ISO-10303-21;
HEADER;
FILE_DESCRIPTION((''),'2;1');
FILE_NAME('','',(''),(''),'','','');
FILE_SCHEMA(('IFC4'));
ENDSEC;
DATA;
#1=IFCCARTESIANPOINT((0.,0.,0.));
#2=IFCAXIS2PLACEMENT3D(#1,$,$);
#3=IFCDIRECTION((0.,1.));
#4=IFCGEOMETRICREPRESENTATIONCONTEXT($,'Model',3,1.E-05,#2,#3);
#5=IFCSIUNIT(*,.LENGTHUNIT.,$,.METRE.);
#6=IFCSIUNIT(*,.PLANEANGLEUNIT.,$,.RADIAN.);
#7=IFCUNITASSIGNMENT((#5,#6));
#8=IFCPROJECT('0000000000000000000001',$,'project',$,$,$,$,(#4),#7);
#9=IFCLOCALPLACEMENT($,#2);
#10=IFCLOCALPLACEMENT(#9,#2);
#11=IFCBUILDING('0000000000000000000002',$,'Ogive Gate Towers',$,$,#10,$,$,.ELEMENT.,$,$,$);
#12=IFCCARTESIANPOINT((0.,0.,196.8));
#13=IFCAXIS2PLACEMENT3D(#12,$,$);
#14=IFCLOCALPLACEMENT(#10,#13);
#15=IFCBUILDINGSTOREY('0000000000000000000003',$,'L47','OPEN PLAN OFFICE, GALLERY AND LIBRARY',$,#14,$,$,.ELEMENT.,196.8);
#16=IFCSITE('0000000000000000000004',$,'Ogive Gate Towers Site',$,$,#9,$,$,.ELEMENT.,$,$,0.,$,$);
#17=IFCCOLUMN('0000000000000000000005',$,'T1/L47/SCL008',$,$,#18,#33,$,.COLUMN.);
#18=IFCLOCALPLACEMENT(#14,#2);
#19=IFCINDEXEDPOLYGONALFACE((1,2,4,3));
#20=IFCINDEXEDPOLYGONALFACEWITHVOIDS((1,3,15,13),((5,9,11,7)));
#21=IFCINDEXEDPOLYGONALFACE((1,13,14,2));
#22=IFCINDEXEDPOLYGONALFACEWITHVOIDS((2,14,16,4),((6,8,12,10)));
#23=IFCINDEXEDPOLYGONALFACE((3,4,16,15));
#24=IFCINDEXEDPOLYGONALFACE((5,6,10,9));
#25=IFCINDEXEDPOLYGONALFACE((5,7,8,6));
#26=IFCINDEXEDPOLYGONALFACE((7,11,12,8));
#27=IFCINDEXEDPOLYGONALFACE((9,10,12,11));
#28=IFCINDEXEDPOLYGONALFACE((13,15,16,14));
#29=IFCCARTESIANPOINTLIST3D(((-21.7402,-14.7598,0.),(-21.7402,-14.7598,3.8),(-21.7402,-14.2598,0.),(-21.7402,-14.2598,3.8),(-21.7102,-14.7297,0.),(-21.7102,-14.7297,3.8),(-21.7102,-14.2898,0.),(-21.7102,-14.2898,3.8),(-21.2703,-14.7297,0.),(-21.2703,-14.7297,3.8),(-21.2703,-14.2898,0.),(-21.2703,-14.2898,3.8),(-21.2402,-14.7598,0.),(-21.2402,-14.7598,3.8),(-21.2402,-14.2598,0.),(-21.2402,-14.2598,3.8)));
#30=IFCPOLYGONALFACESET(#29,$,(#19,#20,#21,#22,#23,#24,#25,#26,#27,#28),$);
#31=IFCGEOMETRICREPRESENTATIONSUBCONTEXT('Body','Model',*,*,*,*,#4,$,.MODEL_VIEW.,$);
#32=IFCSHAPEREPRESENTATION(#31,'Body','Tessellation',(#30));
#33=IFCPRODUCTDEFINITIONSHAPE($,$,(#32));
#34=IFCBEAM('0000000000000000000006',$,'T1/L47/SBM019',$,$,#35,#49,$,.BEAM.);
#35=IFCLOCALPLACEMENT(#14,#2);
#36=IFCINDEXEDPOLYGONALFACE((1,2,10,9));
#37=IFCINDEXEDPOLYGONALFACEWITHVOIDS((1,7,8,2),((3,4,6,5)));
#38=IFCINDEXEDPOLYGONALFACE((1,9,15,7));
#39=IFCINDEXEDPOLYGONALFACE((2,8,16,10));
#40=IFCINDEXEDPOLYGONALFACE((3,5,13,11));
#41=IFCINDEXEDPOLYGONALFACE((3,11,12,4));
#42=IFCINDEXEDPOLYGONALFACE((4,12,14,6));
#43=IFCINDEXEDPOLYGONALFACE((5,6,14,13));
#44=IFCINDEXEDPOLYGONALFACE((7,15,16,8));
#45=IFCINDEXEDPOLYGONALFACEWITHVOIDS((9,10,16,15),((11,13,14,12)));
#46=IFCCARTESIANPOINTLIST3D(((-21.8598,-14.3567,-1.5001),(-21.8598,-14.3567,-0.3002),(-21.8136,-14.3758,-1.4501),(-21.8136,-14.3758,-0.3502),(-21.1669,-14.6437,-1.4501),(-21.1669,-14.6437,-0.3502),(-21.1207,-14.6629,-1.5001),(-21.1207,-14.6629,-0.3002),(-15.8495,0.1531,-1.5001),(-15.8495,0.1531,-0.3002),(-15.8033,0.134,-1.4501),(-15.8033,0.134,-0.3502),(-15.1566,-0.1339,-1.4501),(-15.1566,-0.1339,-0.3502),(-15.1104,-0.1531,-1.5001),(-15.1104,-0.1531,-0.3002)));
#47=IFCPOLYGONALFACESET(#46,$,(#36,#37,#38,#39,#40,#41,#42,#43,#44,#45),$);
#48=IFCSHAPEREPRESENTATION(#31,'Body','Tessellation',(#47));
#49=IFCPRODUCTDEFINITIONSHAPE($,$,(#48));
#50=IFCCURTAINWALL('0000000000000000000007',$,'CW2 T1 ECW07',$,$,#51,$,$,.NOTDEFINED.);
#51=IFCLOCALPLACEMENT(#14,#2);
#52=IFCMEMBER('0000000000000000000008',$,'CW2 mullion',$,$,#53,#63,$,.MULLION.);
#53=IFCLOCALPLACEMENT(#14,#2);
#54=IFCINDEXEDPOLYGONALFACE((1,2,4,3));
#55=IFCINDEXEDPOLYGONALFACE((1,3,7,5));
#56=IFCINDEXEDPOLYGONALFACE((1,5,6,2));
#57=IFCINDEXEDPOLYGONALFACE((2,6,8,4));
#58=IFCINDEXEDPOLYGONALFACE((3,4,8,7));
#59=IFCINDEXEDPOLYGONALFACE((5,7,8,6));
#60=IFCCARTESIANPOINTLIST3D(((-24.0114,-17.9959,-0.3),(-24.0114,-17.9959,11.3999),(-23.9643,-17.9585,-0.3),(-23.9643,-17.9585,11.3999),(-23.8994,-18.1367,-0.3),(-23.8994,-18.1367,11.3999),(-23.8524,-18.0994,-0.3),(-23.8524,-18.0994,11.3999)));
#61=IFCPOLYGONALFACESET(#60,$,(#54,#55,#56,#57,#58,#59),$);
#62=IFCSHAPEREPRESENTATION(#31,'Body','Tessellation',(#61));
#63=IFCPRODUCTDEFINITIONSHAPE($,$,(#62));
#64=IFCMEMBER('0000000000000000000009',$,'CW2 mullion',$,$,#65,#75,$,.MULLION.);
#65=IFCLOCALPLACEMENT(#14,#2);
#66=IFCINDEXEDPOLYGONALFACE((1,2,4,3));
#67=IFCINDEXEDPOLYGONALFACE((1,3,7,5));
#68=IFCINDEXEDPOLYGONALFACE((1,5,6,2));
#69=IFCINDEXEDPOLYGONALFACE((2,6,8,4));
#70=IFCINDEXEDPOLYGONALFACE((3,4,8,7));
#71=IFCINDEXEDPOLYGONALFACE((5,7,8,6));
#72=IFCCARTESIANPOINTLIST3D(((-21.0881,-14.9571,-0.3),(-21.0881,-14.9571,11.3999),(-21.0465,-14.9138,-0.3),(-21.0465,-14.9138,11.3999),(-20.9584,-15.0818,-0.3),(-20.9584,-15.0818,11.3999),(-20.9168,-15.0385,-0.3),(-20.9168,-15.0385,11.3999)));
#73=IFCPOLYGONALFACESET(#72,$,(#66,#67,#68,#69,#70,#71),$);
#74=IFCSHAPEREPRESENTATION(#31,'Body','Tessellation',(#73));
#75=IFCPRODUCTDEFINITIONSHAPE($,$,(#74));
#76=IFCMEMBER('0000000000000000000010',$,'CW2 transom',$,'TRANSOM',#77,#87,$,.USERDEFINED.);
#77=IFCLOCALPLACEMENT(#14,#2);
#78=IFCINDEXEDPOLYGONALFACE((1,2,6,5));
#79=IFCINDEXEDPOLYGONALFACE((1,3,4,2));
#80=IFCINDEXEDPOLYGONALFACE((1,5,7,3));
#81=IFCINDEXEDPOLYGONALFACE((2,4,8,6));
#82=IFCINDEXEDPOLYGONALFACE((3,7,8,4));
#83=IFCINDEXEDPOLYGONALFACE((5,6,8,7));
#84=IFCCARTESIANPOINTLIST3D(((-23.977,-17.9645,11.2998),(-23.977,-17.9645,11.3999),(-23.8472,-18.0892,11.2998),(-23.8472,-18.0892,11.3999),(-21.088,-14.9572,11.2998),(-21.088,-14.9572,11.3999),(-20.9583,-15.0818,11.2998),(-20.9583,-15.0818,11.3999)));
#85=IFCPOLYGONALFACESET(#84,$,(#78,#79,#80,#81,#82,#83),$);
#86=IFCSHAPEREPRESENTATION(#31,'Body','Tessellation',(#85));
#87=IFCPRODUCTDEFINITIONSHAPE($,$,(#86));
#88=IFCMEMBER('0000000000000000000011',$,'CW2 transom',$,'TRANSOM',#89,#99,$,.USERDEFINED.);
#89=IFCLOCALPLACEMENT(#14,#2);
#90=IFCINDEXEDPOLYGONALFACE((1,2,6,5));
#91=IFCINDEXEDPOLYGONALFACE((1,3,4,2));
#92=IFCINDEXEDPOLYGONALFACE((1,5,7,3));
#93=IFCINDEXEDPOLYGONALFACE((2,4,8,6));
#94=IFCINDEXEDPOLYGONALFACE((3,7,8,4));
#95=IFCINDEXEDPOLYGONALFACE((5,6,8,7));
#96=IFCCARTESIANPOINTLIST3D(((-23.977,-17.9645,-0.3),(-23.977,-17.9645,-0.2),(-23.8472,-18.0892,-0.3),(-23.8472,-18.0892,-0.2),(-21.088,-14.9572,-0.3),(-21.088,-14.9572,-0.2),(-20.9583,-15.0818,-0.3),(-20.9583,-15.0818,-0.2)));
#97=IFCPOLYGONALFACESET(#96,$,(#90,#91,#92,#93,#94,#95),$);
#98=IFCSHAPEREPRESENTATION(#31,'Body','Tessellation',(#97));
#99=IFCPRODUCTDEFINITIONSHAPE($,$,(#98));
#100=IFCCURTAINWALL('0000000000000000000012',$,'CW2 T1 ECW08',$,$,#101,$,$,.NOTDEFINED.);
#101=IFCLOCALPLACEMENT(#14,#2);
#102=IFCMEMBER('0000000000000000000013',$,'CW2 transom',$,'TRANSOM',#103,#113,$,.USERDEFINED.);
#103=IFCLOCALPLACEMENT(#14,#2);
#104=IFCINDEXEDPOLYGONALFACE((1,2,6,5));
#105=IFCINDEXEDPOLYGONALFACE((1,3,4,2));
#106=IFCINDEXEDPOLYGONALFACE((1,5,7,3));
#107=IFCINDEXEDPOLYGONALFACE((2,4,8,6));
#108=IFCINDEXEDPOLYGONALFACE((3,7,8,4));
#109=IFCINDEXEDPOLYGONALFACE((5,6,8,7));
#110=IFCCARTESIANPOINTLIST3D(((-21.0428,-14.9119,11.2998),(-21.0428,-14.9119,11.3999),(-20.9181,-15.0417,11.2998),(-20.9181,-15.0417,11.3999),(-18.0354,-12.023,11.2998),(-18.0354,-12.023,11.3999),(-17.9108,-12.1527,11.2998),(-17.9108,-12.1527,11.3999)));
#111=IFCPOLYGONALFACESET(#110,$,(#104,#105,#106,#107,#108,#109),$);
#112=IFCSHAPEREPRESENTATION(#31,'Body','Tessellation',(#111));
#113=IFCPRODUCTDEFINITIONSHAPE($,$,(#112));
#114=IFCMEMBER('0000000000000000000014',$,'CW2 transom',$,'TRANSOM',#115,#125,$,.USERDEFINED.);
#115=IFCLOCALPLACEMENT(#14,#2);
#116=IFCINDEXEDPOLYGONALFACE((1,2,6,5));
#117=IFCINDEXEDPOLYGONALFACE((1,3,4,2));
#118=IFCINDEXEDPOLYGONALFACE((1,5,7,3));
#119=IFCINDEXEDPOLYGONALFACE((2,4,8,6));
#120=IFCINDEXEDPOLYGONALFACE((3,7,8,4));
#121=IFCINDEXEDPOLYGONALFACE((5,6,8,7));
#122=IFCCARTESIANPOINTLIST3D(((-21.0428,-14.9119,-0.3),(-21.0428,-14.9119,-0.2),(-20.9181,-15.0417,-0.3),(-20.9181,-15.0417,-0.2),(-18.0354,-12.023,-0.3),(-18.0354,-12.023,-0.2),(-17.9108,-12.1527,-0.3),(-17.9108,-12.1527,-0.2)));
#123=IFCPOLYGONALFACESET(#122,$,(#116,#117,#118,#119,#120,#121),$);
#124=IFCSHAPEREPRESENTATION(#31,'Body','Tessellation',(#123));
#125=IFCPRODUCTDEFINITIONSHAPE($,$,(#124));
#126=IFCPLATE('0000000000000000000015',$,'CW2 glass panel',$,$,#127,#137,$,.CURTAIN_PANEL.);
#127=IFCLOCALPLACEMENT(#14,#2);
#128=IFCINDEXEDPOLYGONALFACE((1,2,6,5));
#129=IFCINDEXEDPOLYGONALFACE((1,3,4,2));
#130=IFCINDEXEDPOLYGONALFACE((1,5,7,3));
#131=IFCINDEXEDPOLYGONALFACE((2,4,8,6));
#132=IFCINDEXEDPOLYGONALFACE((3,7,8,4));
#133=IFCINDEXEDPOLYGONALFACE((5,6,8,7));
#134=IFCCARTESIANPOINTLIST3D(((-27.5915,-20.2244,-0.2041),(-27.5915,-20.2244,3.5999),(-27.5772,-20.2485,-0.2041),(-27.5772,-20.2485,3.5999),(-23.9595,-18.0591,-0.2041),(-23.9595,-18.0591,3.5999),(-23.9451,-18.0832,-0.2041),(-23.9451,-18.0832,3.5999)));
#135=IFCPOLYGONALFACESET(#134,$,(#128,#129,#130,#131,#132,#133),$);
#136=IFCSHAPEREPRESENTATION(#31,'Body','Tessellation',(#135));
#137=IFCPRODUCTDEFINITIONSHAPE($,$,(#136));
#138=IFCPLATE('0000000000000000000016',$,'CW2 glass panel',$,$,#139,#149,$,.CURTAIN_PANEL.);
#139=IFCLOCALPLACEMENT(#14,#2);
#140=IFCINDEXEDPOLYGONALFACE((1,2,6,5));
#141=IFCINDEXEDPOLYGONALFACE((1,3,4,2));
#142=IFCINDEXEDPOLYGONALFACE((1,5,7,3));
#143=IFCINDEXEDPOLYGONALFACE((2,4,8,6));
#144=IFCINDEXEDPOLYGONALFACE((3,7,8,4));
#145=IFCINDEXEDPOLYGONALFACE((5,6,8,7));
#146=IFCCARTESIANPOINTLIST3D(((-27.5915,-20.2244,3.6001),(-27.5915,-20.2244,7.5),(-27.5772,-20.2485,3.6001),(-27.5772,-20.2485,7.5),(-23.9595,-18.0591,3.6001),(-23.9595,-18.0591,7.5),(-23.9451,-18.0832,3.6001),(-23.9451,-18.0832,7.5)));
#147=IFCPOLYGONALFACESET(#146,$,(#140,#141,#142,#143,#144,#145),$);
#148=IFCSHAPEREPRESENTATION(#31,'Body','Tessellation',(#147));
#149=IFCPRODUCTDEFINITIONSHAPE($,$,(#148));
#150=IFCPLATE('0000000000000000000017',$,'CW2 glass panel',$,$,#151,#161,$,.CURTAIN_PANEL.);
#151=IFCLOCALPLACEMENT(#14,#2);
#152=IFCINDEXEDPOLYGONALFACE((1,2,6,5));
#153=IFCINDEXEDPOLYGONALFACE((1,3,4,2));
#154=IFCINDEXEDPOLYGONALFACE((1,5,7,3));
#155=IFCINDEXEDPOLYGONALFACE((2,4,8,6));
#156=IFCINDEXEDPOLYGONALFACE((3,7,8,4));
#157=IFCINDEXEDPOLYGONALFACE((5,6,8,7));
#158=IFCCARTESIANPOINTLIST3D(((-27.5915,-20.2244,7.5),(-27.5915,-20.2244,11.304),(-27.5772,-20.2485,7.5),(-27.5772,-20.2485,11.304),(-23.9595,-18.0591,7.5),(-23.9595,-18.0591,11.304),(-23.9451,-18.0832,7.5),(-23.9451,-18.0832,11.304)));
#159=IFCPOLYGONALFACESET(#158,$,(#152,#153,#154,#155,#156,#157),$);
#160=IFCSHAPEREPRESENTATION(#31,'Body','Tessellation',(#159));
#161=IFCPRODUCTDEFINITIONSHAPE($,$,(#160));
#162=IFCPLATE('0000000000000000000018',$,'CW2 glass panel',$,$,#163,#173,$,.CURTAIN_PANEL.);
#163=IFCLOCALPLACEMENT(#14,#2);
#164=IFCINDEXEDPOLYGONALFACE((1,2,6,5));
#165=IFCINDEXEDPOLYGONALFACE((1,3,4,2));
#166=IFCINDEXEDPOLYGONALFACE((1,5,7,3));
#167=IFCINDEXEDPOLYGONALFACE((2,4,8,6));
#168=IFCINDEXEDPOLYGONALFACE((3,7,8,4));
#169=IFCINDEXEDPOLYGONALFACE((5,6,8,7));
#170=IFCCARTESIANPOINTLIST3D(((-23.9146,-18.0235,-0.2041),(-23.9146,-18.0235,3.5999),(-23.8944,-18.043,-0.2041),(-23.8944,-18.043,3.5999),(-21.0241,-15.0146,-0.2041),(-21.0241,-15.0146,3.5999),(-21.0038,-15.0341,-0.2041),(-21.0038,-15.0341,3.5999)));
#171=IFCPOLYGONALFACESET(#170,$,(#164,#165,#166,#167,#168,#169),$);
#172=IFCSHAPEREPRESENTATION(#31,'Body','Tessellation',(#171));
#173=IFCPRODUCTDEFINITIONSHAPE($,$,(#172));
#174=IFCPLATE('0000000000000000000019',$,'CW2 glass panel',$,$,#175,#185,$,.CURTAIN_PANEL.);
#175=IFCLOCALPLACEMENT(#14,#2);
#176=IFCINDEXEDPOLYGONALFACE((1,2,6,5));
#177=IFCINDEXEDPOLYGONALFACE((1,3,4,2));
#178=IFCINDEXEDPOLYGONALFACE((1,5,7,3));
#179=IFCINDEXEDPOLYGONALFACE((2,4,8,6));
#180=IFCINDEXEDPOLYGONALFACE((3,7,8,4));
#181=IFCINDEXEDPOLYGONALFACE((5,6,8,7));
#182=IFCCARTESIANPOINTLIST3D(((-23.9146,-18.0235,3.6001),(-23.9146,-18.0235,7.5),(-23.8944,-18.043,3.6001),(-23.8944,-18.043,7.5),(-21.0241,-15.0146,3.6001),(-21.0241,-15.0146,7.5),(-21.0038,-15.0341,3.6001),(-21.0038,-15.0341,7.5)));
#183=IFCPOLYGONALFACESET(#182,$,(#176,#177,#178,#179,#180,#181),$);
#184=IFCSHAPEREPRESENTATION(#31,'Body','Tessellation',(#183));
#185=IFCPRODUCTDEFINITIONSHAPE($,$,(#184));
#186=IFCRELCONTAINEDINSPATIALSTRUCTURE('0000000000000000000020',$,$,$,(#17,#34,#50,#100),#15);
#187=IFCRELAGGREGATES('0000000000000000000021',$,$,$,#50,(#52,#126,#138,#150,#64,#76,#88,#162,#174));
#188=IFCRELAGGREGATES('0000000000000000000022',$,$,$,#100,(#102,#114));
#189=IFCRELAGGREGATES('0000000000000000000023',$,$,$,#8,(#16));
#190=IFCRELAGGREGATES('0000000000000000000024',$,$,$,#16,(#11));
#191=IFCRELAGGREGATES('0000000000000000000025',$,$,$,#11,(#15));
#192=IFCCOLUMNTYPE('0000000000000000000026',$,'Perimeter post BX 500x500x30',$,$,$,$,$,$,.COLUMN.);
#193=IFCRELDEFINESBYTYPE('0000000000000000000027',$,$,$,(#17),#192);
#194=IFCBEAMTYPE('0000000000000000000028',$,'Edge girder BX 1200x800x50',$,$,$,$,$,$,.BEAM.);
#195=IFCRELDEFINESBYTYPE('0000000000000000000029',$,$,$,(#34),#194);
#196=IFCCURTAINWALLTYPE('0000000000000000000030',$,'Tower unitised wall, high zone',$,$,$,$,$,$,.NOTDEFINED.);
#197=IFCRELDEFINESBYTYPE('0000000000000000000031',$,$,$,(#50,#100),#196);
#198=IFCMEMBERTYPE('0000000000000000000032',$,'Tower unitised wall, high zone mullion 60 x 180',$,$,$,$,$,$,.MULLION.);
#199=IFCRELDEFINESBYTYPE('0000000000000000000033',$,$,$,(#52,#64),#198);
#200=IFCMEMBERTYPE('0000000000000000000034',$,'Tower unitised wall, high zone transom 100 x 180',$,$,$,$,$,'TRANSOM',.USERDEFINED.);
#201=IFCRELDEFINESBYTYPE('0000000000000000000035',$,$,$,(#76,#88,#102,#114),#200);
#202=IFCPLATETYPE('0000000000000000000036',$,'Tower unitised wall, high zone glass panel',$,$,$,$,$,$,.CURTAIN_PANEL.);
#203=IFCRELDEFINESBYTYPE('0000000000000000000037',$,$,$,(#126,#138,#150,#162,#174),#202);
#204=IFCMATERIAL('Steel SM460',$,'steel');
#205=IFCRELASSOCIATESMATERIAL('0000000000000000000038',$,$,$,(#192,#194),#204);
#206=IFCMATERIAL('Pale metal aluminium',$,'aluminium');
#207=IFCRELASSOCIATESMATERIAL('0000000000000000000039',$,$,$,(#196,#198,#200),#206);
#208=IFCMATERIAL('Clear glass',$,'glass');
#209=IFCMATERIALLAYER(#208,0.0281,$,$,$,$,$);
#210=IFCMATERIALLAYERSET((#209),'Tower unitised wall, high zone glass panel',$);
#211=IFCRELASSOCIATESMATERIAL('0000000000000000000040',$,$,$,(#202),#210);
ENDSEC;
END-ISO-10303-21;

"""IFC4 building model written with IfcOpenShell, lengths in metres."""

from ifc_helpers import new_model, si_unit, direction, frame, origin, origin_2d, place, context, subcontext, project, spatial, rectangle, hollow_rectangle, extrude, material, layer, layer_set, material_profile, profile_set, type_object, element, aggregate, save


model = new_model("IFC4")

# Units and contexts
model_context = context("Model", 3, precision=1e-05, world=origin(), true_north=direction((0.0, 1.0)))
body_context = subcontext(model_context, "Body", "Model", "MODEL_VIEW")
ifc_project = project(units=[si_unit("LENGTHUNIT", "METRE"), si_unit("PLANEANGLEUNIT", "RADIAN")], contexts=[model_context])

# Site, building, storey
site_placement = place(None, origin())
site = spatial("IfcSite", under=ifc_project, at=site_placement, Name="Ogive Gate Towers Site", CompositionType="ELEMENT", RefElevation=0.0)
building_placement = place(site_placement, origin())
building = spatial("IfcBuilding", under=site, at=building_placement, Name="Ogive Gate Towers", CompositionType="ELEMENT")
storey_placement = place(building_placement, frame((0.0, 0.0, 196.8)))
storey = spatial("IfcBuildingStorey", under=building, at=storey_placement, Name="L47", Description="OPEN PLAN OFFICE, GALLERY AND LIBRARY", CompositionType="ELEMENT", Elevation=196.8)

# Column
ifc_material_1 = material(Name="Steel SM460", Category="steel")
ifc_material_profile_1 = material_profile(ifc_material_1, hollow_rectangle(XDim=0.5, YDim=0.5, WallThickness=0.03, at=origin_2d()), Name="BX 500x500x30")
ifc_profile_set_1 = profile_set([ifc_material_profile_1], Name="Steel SM460")
column_type = type_object("IfcColumnType", Name="Perimeter post BX 500x500x30", PredefinedType="COLUMN", material=ifc_profile_set_1)
column_placement = place(storey_placement, frame((-21.4902, -14.5098, 0.0), z_axis=(0.0, 0.0, 1.0), x_axis=(1.0, 0.0, 0.0)))
element("IfcColumn", 1, at=column_placement, inside=storey, type_object=column_type, Name="T1/L47/SCL008", PredefinedType="COLUMN", context=body_context, shape_type="SweptSolid", body=[
    extrude(hollow_rectangle(XDim=0.5, YDim=0.5, WallThickness=0.03, at=origin_2d()), origin(), (0.0, 0.0, 1.0), 3.8),
])

# Beam
ifc_material_profile_2 = material_profile(ifc_material_1, hollow_rectangle(XDim=0.8, YDim=1.2, WallThickness=0.05, at=origin_2d()), Name="BX 1200x800x50")
ifc_profile_set_2 = profile_set([ifc_material_profile_2], Name="Steel SM460")
beam_type = type_object("IfcBeamType", Name="Edge girder BX 1200x800x50", PredefinedType="BEAM", material=ifc_profile_set_2)
beam_placement = place(storey_placement, frame((-21.4902, -14.5098, -0.9001), z_axis=(0.38269, 0.923877, 0.0), x_axis=(-0.923877, 0.38269, 0.0)))
element("IfcBeam", 2, at=beam_placement, inside=storey, type_object=beam_type, Name="T1/L47/SBM019", PredefinedType="BEAM", context=body_context, shape_type="SweptSolid", body=[
    extrude(hollow_rectangle(XDim=0.8, YDim=1.2, WallThickness=0.05, at=origin_2d()), origin(), (0.0, 0.0, 1.0), 15.7053),
])

# Curtain walls, members
ifc_material_2 = material(Name="Pale metal aluminium", Category="aluminium")
curtain_wall_type = type_object("IfcCurtainWallType", Name="Tower unitised wall, high zone", PredefinedType="NOTDEFINED", material=ifc_material_2)
curtain_wall_1_placement = place(storey_placement, origin())
curtain_wall_1 = element("IfcCurtainWall", 3, at=curtain_wall_1_placement, inside=storey, type_object=curtain_wall_type, Name="CW2 T1 ECW07", PredefinedType="NOTDEFINED")
ifc_material_profile_3 = material_profile(ifc_material_2, rectangle(XDim=0.1799, YDim=0.0601, at=origin_2d()), Name="60 x 180 aluminium box")
ifc_profile_set_3 = profile_set([ifc_material_profile_3], Name="Pale metal aluminium")
member_type_1 = type_object("IfcMemberType", Name="Tower unitised wall, high zone mullion 60 x 180", PredefinedType="MULLION", material=ifc_profile_set_3)
member_1_placement = place(storey_placement, frame((-23.9319, -18.0476, -0.3), z_axis=(0.0, 0.0, 1.0), x_axis=(0.622173, -0.78288, 0.0)))
member_1 = element("IfcMember", 4, at=member_1_placement, type_object=member_type_1, Name="CW2 mullion", PredefinedType="MULLION", context=body_context, shape_type="SweptSolid", body=[
    extrude(rectangle(XDim=0.1799, YDim=0.0601, at=origin_2d()), origin(), (0.0, 0.0, 1.0), 11.7),
])
member_2_placement = place(storey_placement, frame((-21.0024, -14.9978, -0.3), z_axis=(0.0, 0.0, 1.0), x_axis=(0.721144, -0.692785, 0.0)))
member_2 = element("IfcMember", 5, at=member_2_placement, type_object=member_type_1, Name="CW2 mullion", PredefinedType="MULLION", context=body_context, shape_type="SweptSolid", body=[
    extrude(rectangle(XDim=0.1799, YDim=0.0601, at=origin_2d()), origin(), (0.0, 0.0, 1.0), 11.7),
])
ifc_material_profile_4 = material_profile(ifc_material_2, rectangle(XDim=0.1799, YDim=0.1001, at=origin_2d()), Name="100 x 180 aluminium box")
ifc_profile_set_4 = profile_set([ifc_material_profile_4], Name="Pale metal aluminium")
member_type_2 = type_object("IfcMemberType", Name="Tower unitised wall, high zone transom 100 x 180", ElementType="TRANSOM", PredefinedType="USERDEFINED", material=ifc_profile_set_4)
member_3_placement = place(storey_placement, frame((-23.9121, -18.0269, 11.3499), z_axis=(0.692767, 0.721161, 0.0), x_axis=(-0.721161, 0.692767, 0.0)))
member_3 = element("IfcMember", 6, at=member_3_placement, type_object=member_type_2, Name="CW2 transom", ObjectType="TRANSOM", PredefinedType="USERDEFINED", context=body_context, shape_type="SweptSolid", body=[
    extrude(rectangle(XDim=0.1799, YDim=0.1001, at=origin_2d()), origin(), (0.0, 0.0, 1.0), 4.1702),
])
member_4_placement = place(storey_placement, frame((-23.9121, -18.0269, -0.25), z_axis=(0.692767, 0.721161, 0.0), x_axis=(-0.721161, 0.692767, 0.0)))
member_4 = element("IfcMember", 7, at=member_4_placement, type_object=member_type_2, Name="CW2 transom", ObjectType="TRANSOM", PredefinedType="USERDEFINED", context=body_context, shape_type="SweptSolid", body=[
    extrude(rectangle(XDim=0.1799, YDim=0.1001, at=origin_2d()), origin(), (0.0, 0.0, 1.0), 4.1702),
])
curtain_wall_2_placement = place(storey_placement, origin())
curtain_wall_2 = element("IfcCurtainWall", 8, at=curtain_wall_2_placement, inside=storey, type_object=curtain_wall_type, Name="CW2 T1 ECW08", PredefinedType="NOTDEFINED")
member_5_placement = place(storey_placement, frame((-20.9805, -14.9768, 11.3499), z_axis=(0.721161, 0.692767, 0.0), x_axis=(-0.692767, 0.721161, 0.0)))
member_5 = element("IfcMember", 9, at=member_5_placement, type_object=member_type_2, Name="CW2 transom", ObjectType="TRANSOM", PredefinedType="USERDEFINED", context=body_context, shape_type="SweptSolid", body=[
    extrude(rectangle(XDim=0.1799, YDim=0.1001, at=origin_2d()), origin(), (0.0, 0.0, 1.0), 4.1702),
])
member_6_placement = place(storey_placement, frame((-20.9805, -14.9768, -0.25), z_axis=(0.721161, 0.692767, 0.0), x_axis=(-0.692767, 0.721161, 0.0)))
member_6 = element("IfcMember", 10, at=member_6_placement, type_object=member_type_2, Name="CW2 transom", ObjectType="TRANSOM", PredefinedType="USERDEFINED", context=body_context, shape_type="SweptSolid", body=[
    extrude(rectangle(XDim=0.1799, YDim=0.1001, at=origin_2d()), origin(), (0.0, 0.0, 1.0), 4.1702),
])

# Plates
ifc_material_3 = material(Name="Clear glass", Category="glass")
ifc_layer = layer(ifc_material_3, 0.0281)
ifc_layer_set = layer_set([ifc_layer], Name="Tower unitised wall, high zone glass panel")
plate_type = type_object("IfcPlateType", Name="Tower unitised wall, high zone glass panel", PredefinedType="CURTAIN_PANEL", material=ifc_layer_set)
plate_1_placement = place(storey_placement, frame((-25.7683, -19.1538, -0.2041), z_axis=(0.0, 0.0, 1.0), x_axis=(0.858951, 0.512058, 0.0)))
plate_1 = element("IfcPlate", 11, at=plate_1_placement, type_object=plate_type, Name="CW2 glass panel", PredefinedType="CURTAIN_PANEL", context=body_context, shape_type="SweptSolid", body=[
    extrude(rectangle(XDim=4.2285, YDim=0.0281, at=origin_2d()), origin(), (0.0, 0.0, 1.0), 3.804),
])
plate_2_placement = place(storey_placement, frame((-25.7683, -19.1538, 3.6001), z_axis=(0.0, 0.0, 1.0), x_axis=(0.858951, 0.512058, 0.0)))
plate_2 = element("IfcPlate", 12, at=plate_2_placement, type_object=plate_type, Name="CW2 glass panel", PredefinedType="CURTAIN_PANEL", context=body_context, shape_type="SweptSolid", body=[
    extrude(rectangle(XDim=4.2285, YDim=0.0281, at=origin_2d()), origin(), (0.0, 0.0, 1.0), 3.8999),
])
plate_3_placement = place(storey_placement, frame((-25.7683, -19.1538, 7.5), z_axis=(0.0, 0.0, 1.0), x_axis=(0.858951, 0.512058, 0.0)))
plate_3 = element("IfcPlate", 13, at=plate_3_placement, type_object=plate_type, Name="CW2 glass panel", PredefinedType="CURTAIN_PANEL", context=body_context, shape_type="SweptSolid", body=[
    extrude(rectangle(XDim=4.2285, YDim=0.0281, at=origin_2d()), origin(), (0.0, 0.0, 1.0), 3.804),
])
plate_4_placement = place(storey_placement, frame((-22.4592, -16.5288, -0.2041), z_axis=(0.0, 0.0, 1.0), x_axis=(0.692785, 0.721144, 0.0)))
plate_4 = element("IfcPlate", 14, at=plate_4_placement, type_object=plate_type, Name="CW2 glass panel", PredefinedType="CURTAIN_PANEL", context=body_context, shape_type="SweptSolid", body=[
    extrude(rectangle(XDim=4.1724, YDim=0.0281, at=origin_2d()), origin(), (0.0, 0.0, 1.0), 3.804),
])
plate_5_placement = place(storey_placement, frame((-22.4592, -16.5288, 3.6001), z_axis=(0.0, 0.0, 1.0), x_axis=(0.692785, 0.721144, 0.0)))
plate_5 = element("IfcPlate", 15, at=plate_5_placement, type_object=plate_type, Name="CW2 glass panel", PredefinedType="CURTAIN_PANEL", context=body_context, shape_type="SweptSolid", body=[
    extrude(rectangle(XDim=4.1724, YDim=0.0281, at=origin_2d()), origin(), (0.0, 0.0, 1.0), 3.8999),
])
aggregate(curtain_wall_1, [member_1, plate_1, plate_2, plate_3, member_2, member_3, member_4, plate_4, plate_5])
aggregate(curtain_wall_2, [member_5, member_6])

save(model, "model.ifc")
